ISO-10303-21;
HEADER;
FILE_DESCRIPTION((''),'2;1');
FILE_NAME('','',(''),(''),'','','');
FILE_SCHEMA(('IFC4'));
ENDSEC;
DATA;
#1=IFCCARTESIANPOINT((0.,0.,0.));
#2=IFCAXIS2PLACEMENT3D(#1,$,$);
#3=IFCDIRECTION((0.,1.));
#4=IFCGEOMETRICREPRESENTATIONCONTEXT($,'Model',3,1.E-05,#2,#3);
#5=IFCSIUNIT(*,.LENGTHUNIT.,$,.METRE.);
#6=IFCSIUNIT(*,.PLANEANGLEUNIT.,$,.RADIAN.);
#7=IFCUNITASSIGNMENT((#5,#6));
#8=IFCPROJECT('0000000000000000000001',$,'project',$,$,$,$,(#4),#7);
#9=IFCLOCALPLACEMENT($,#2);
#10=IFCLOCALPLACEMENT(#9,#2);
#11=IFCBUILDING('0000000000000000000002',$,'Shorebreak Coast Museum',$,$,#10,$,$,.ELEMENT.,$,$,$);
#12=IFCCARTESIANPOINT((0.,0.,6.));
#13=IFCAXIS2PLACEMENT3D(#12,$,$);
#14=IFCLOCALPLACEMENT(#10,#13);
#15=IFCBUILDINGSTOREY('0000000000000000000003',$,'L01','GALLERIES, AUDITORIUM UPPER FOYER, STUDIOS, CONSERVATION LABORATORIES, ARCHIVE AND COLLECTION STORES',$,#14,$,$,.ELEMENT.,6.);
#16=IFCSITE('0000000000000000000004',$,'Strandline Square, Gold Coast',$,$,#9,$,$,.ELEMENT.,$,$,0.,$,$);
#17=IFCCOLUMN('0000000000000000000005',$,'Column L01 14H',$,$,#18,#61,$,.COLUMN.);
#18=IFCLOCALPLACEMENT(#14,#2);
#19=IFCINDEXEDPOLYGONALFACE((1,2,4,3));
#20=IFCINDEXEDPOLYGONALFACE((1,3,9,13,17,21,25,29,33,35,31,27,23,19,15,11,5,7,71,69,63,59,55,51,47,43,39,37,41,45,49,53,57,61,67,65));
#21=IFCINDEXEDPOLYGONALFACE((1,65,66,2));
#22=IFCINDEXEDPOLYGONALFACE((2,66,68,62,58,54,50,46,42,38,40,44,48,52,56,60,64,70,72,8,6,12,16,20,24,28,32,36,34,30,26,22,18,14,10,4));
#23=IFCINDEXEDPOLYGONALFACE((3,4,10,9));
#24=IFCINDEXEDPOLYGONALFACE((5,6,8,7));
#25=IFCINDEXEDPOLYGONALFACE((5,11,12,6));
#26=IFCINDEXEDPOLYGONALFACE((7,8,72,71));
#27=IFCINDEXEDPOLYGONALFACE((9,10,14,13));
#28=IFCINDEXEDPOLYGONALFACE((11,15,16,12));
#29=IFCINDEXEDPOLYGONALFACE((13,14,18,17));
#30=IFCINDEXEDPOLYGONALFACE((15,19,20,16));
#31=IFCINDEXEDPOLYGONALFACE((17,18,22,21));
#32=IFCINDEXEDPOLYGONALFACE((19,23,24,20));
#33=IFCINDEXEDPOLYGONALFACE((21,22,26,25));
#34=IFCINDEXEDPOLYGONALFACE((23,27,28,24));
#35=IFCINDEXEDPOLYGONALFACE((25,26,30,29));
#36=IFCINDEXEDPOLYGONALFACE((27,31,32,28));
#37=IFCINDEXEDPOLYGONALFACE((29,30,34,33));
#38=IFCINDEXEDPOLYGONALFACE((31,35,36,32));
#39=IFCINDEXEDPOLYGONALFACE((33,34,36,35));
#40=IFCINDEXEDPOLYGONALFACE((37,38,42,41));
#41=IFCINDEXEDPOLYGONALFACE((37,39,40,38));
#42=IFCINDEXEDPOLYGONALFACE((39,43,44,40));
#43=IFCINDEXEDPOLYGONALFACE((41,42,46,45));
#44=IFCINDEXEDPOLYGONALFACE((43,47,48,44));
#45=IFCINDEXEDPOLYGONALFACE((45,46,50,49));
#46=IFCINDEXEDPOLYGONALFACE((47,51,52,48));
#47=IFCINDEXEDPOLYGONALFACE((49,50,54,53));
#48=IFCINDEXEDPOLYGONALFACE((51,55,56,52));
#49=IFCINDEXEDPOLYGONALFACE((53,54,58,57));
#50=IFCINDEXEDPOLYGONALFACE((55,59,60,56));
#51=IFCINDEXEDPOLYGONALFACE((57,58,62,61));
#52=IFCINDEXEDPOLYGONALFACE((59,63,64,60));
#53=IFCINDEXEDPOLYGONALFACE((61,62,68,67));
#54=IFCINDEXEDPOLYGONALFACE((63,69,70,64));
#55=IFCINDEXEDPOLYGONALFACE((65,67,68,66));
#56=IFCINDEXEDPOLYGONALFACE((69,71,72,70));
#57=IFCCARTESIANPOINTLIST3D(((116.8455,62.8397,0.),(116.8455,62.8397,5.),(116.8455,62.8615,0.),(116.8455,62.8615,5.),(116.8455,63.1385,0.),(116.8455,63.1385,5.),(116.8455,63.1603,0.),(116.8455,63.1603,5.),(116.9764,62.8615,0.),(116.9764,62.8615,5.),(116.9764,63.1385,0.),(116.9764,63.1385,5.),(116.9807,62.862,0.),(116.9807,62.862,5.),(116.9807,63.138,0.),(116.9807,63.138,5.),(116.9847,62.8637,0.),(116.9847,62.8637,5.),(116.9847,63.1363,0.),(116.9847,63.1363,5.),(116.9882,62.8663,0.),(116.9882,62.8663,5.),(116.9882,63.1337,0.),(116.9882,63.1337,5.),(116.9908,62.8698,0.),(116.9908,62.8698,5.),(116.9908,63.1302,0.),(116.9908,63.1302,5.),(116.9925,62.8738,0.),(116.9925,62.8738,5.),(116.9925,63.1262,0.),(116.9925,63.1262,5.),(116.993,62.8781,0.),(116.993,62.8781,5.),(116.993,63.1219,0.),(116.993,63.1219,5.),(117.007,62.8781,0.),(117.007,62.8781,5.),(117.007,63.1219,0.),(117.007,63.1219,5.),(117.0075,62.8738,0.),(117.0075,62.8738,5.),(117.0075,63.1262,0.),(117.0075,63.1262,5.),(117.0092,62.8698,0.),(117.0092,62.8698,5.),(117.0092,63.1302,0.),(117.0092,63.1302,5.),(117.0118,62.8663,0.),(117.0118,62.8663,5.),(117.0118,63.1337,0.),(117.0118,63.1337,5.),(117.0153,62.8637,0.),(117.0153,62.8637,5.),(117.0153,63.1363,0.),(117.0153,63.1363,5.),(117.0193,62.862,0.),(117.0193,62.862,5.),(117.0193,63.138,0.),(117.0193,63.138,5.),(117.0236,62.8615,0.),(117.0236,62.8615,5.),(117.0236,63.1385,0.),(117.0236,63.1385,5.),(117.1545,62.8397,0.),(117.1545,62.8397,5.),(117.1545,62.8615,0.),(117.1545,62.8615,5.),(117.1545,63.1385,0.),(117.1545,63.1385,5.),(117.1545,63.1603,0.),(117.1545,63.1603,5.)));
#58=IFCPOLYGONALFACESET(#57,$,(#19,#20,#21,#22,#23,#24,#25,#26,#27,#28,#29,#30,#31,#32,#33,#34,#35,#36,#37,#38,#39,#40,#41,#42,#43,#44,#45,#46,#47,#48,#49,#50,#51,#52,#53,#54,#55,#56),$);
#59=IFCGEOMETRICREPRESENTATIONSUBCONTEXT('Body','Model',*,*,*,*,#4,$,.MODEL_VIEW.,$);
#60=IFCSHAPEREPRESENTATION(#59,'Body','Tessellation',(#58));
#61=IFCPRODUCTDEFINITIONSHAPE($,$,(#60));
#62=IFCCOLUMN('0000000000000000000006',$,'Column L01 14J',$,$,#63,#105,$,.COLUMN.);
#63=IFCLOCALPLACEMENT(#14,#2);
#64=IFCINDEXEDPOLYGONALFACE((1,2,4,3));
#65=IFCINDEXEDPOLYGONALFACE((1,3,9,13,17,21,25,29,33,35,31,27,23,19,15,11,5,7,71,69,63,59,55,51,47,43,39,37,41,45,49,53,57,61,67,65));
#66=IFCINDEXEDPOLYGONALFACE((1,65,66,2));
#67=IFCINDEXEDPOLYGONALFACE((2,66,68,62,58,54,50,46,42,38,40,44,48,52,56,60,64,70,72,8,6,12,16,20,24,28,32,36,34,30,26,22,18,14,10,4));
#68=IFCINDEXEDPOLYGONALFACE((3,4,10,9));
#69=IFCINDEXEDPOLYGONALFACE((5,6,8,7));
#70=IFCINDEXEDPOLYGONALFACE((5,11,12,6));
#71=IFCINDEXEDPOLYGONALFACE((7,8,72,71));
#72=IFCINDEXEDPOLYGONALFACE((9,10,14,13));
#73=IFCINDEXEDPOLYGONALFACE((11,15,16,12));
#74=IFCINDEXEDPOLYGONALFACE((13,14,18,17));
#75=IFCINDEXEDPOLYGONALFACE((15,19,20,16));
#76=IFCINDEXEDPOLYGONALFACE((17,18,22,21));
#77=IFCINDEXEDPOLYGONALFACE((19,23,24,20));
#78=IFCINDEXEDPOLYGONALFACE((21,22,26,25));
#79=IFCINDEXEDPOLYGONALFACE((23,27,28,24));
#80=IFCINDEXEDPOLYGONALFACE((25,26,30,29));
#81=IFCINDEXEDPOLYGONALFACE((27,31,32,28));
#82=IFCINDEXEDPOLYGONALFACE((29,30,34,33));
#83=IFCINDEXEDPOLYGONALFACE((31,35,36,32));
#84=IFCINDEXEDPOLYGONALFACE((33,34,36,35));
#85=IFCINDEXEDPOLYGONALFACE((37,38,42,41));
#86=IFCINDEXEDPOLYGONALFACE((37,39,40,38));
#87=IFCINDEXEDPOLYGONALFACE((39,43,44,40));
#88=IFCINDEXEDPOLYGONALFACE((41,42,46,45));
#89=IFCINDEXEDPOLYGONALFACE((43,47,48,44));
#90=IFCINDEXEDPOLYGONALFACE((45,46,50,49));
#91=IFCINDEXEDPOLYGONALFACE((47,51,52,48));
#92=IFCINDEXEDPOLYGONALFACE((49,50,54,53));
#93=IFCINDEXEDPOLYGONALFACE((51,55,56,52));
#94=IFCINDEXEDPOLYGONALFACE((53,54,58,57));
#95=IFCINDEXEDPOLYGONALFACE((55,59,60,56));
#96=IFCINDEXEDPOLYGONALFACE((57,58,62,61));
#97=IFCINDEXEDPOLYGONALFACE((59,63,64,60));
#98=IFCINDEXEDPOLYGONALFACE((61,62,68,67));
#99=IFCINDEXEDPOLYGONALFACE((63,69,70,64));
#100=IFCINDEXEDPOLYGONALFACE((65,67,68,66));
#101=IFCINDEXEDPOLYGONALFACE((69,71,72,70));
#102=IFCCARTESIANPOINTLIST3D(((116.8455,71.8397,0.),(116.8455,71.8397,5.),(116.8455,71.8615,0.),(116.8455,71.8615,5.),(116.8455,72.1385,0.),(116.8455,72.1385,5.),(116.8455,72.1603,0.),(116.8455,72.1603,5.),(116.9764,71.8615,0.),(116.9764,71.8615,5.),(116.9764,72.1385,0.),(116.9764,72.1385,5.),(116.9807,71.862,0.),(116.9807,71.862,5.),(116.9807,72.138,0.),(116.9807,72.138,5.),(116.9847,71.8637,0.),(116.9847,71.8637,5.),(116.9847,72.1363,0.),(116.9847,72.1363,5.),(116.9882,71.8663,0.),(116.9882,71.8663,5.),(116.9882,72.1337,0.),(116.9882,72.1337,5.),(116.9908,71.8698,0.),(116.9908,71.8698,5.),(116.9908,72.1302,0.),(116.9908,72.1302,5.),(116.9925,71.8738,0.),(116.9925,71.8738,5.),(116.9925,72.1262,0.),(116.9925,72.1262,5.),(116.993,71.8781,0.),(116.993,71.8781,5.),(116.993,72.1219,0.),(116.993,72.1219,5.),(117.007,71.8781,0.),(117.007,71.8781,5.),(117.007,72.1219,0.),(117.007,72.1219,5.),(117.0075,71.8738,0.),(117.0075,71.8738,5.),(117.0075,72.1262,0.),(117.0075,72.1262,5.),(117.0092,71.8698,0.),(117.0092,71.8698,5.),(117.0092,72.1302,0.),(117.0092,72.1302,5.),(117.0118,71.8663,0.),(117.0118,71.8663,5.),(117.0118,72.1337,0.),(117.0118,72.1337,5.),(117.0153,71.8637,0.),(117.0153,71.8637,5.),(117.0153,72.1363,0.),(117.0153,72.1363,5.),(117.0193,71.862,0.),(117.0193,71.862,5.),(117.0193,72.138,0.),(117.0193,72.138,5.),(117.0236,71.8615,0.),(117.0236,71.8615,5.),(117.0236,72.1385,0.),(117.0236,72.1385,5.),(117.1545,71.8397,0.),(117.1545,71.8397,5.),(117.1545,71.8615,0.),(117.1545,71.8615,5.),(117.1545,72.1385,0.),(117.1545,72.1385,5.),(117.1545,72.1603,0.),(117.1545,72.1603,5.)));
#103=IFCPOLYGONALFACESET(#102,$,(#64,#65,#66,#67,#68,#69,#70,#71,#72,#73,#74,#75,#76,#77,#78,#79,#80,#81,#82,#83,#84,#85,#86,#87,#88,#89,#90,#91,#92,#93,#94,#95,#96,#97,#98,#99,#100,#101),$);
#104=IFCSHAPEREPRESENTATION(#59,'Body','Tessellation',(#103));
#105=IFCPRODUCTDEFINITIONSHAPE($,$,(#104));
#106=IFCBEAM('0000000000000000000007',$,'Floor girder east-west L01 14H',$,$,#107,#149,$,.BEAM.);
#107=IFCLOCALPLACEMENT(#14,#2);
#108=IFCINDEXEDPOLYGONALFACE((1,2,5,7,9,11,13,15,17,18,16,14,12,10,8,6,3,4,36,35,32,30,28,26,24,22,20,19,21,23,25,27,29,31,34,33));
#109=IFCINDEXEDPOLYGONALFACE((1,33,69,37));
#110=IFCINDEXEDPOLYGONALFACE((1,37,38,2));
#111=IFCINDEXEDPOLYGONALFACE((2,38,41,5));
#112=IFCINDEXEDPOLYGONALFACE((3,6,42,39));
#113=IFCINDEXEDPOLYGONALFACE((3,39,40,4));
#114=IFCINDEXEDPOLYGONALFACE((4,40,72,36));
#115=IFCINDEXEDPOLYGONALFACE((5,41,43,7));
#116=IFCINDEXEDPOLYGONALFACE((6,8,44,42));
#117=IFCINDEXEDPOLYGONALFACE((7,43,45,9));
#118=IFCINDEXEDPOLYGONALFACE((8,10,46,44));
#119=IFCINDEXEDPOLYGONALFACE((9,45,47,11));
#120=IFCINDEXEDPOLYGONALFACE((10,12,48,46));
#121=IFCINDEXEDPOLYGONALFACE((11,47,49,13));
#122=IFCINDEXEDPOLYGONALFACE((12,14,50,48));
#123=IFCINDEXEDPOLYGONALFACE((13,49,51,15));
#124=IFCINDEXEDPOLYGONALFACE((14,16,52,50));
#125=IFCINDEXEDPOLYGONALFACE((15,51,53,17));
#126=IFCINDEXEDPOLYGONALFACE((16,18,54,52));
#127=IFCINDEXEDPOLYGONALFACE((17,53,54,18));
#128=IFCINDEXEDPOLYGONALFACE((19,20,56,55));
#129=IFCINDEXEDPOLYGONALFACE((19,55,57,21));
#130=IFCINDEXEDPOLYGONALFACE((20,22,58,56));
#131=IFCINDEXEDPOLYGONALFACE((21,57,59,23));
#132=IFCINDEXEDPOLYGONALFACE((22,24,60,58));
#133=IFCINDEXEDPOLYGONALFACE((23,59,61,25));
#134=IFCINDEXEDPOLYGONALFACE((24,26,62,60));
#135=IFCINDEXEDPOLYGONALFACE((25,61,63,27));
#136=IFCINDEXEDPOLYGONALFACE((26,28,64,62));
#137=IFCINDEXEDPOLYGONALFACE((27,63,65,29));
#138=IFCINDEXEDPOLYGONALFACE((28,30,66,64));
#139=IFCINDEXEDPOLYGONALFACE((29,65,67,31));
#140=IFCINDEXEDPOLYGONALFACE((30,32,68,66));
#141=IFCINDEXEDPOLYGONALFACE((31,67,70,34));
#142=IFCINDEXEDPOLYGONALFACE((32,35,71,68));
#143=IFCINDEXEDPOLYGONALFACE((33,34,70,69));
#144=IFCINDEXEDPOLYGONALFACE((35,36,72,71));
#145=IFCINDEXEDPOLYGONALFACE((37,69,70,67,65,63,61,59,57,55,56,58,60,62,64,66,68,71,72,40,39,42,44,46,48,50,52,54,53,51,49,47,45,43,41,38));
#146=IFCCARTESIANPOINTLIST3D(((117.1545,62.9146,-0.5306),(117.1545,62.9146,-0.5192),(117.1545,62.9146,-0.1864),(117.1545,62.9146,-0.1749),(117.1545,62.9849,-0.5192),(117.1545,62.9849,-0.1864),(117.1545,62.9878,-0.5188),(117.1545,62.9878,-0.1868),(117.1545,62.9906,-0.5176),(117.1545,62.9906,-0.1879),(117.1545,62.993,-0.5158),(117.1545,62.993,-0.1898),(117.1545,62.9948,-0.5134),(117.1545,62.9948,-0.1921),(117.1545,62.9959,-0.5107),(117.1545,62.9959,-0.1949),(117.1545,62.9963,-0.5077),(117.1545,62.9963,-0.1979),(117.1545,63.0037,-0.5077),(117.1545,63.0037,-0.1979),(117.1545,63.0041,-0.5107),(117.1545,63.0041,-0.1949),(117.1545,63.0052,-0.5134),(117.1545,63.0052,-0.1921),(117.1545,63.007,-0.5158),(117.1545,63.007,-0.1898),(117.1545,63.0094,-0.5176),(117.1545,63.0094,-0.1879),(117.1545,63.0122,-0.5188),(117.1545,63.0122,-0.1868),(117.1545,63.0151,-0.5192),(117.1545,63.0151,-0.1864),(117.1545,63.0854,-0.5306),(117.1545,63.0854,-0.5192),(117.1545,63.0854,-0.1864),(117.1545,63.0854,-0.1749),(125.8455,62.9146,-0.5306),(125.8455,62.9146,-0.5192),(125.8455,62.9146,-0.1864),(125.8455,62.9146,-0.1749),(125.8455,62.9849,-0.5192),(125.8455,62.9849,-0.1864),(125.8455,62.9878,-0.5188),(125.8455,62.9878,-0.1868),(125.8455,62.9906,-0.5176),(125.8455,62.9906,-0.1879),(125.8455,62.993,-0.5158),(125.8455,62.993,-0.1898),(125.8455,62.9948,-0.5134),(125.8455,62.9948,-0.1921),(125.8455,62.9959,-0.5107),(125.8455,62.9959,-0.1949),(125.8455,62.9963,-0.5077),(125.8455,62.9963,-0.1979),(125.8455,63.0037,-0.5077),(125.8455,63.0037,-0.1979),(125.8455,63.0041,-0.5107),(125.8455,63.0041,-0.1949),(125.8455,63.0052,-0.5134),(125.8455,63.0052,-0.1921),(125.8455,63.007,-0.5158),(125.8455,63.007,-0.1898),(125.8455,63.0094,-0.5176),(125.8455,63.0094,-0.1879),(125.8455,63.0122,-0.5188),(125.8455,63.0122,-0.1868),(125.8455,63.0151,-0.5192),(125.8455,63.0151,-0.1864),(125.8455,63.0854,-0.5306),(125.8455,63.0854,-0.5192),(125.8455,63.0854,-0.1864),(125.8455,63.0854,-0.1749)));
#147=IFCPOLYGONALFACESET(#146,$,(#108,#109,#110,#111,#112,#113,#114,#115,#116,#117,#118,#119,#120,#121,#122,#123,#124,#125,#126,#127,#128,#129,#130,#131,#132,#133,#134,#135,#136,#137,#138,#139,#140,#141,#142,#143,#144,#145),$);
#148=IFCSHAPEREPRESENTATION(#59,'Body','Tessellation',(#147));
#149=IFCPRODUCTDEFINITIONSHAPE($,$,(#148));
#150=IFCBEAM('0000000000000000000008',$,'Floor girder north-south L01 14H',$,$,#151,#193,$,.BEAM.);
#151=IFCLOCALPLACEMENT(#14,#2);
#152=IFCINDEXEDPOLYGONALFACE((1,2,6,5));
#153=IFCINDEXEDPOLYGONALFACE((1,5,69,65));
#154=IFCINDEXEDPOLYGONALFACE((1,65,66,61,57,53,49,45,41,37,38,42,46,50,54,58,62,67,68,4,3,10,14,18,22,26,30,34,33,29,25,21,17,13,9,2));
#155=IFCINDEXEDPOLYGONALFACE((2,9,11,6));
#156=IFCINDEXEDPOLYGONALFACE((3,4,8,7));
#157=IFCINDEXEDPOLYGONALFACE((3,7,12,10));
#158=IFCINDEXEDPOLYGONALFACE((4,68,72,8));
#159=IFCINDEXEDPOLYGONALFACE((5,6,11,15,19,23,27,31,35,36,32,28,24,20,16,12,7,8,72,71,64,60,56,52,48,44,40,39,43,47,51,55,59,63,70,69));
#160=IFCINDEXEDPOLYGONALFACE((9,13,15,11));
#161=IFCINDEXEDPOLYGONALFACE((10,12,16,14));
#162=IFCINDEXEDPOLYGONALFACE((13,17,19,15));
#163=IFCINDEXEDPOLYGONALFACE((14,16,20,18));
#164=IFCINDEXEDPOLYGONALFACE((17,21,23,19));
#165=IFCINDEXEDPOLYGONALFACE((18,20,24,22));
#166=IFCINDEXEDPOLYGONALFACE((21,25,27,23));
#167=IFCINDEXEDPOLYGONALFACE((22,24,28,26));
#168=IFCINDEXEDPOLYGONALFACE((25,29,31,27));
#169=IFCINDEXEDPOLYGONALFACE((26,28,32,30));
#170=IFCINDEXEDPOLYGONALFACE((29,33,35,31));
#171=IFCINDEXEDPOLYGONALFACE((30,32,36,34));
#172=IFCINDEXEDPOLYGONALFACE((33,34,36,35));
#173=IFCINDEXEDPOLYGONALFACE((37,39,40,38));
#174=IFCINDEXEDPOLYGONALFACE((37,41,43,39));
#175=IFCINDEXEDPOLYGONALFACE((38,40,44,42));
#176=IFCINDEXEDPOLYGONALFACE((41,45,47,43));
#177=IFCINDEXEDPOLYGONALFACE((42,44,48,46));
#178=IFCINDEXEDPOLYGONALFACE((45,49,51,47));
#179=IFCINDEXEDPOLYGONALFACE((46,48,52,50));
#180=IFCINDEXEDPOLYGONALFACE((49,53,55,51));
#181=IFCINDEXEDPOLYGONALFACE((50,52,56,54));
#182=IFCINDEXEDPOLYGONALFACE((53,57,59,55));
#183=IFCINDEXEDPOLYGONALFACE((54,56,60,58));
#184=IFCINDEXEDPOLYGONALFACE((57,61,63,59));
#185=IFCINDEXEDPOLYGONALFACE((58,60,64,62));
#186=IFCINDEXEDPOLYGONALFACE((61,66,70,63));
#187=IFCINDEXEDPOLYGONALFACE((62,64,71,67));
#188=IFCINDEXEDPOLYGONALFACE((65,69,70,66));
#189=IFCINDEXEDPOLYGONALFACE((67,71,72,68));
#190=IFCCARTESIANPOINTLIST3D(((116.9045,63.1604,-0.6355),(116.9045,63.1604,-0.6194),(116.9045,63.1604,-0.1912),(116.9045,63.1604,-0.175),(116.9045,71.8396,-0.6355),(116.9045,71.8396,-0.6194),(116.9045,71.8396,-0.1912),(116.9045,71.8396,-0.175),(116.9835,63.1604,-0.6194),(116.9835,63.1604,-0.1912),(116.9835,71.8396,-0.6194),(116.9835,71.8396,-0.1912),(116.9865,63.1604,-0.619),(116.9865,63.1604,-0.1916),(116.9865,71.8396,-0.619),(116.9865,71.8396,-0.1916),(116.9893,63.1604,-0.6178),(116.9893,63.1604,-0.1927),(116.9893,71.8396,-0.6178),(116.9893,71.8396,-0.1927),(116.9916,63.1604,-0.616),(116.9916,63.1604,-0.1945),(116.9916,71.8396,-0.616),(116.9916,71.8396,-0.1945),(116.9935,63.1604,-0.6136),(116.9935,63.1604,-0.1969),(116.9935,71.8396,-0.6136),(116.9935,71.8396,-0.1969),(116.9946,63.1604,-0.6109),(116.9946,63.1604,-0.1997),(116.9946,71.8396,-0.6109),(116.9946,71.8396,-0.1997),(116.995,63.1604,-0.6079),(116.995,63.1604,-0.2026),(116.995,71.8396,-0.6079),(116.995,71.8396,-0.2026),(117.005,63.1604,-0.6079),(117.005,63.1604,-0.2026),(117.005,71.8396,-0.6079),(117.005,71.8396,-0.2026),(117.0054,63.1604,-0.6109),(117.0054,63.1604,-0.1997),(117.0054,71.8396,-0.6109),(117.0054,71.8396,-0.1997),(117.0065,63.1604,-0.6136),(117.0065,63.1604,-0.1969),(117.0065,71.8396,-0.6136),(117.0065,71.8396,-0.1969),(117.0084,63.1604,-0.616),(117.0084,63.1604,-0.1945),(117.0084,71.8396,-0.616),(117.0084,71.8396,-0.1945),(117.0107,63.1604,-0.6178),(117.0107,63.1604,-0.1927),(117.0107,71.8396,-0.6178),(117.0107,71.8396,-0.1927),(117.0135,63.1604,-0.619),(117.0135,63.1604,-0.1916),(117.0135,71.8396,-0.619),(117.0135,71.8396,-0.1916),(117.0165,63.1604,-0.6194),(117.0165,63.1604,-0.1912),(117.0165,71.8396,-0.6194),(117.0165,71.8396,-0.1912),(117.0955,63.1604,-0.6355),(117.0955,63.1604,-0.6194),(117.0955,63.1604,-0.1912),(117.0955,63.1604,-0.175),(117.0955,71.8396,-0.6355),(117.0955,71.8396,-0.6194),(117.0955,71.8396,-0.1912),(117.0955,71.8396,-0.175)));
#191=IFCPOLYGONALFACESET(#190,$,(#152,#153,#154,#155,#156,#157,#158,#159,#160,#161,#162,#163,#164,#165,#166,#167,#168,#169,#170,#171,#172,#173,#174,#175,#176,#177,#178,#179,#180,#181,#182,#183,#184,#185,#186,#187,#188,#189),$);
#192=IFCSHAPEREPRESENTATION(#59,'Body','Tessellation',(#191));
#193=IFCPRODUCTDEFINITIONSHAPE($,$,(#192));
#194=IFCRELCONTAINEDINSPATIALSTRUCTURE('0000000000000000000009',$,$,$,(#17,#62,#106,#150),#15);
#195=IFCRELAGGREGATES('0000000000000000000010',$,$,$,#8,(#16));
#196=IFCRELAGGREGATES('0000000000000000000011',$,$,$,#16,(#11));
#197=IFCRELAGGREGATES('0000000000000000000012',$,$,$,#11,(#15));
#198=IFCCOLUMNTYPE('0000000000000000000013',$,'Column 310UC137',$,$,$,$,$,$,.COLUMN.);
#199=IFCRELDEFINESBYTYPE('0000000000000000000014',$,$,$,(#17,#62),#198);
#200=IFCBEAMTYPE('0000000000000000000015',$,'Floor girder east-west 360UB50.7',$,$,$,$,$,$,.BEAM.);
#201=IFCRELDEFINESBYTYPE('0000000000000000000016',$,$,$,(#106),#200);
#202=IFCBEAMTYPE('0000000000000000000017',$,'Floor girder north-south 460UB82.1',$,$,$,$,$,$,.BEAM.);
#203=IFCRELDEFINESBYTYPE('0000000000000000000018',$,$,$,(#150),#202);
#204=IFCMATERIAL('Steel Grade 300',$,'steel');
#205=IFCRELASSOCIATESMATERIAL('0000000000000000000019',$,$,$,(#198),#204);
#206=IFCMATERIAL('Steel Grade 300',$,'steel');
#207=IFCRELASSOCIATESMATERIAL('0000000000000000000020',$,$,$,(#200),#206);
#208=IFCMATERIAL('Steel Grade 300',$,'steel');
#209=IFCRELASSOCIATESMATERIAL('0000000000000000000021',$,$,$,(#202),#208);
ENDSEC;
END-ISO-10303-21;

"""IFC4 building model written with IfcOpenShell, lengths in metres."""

from ifc_helpers import new_model, si_unit, direction, frame, origin, origin_2d, place, context, subcontext, project, spatial, i_section, extrude, material, material_profile, profile_set, type_object, element, save


model = new_model("IFC4")

# Units and contexts
model_context = context("Model", 3, precision=1e-05, world=origin(), true_north=direction((0.0, 1.0)))
body_context = subcontext(model_context, "Body", "Model", "MODEL_VIEW")
ifc_project = project(units=[si_unit("LENGTHUNIT", "METRE"), si_unit("PLANEANGLEUNIT", "RADIAN")], contexts=[model_context])

# Site, building, storey
site_placement = place(None, origin())
site = spatial("IfcSite", under=ifc_project, at=site_placement, Name="Strandline Square, Gold Coast", CompositionType="ELEMENT", RefElevation=0.0)
building_placement = place(site_placement, origin())
building = spatial("IfcBuilding", under=site, at=building_placement, Name="Shorebreak Coast Museum", CompositionType="ELEMENT")
storey_placement = place(building_placement, frame((0.0, 0.0, 6.0)))
storey = spatial("IfcBuildingStorey", under=building, at=storey_placement, Name="L01", Description="GALLERIES, AUDITORIUM UPPER FOYER, STUDIOS, CONSERVATION LABORATORIES, ARCHIVE AND COLLECTION STORES", CompositionType="ELEMENT", Elevation=6.0)

# Columns
ifc_material_1 = material(Name="Steel Grade 300", Category="steel")
ifc_material_profile_1 = material_profile(ifc_material_1, i_section(OverallWidth=0.3091, OverallDepth=0.3206, WebThickness=0.0139, FlangeThickness=0.0217, FilletRadius=0.0166, at=origin_2d()), Name="310UC137")
ifc_profile_set_1 = profile_set([ifc_material_profile_1], Name="Steel Grade 300")
column_type = type_object("IfcColumnType", Name="Column 310UC137", PredefinedType="COLUMN", material=ifc_profile_set_1)
for number, where, z_axis, x_axis, name in (
    (1, (117.0, 63.0, 0.0), (0.0, 0.0, 1.0), (1.0, 0.0, 0.0), "Column L01 14H"),
    (2, (117.0, 72.0, 0.0), (0.0, 0.0, 1.0), (1.0, 0.0, 0.0), "Column L01 14J"),
):
    element("IfcColumn", number, at=place(storey_placement, frame(where, z_axis=z_axis, x_axis=x_axis)), inside=storey, type_object=column_type, Name=name, PredefinedType="COLUMN", context=body_context, shape_type="SweptSolid", body=[
        extrude(i_section(OverallWidth=0.3091, OverallDepth=0.3206, WebThickness=0.0139, FlangeThickness=0.0217, FilletRadius=0.0166, at=origin_2d()), origin(), (0.0, 0.0, 1.0), 5.0),
    ])

# Beams
ifc_material_2 = material(Name="Steel Grade 300", Category="steel")
ifc_material_profile_2 = material_profile(ifc_material_2, i_section(OverallWidth=0.1709, OverallDepth=0.3557, WebThickness=0.0073, FlangeThickness=0.0115, FilletRadius=0.0115, at=origin_2d()), Name="360UB50.7")
ifc_profile_set_2 = profile_set([ifc_material_profile_2], Name="Steel Grade 300")
beam_type_1 = type_object("IfcBeamType", Name="Floor girder east-west 360UB50.7", PredefinedType="BEAM", material=ifc_profile_set_2)
beam_placement = place(storey_placement, frame((117.1545, 63.0, -0.3528), z_axis=(1.0, 0.0, 0.0), x_axis=(0.0, 1.0, 0.0)))
element("IfcBeam", 3, at=beam_placement, inside=storey, type_object=beam_type_1, Name="Floor girder east-west L01 14H", PredefinedType="BEAM", context=body_context, shape_type="SweptSolid", body=[
    extrude(i_section(OverallWidth=0.1709, OverallDepth=0.3557, WebThickness=0.0073, FlangeThickness=0.0115, FilletRadius=0.0115, at=origin_2d()), origin(), (0.0, 0.0, 1.0), 8.6909),
])
ifc_material_3 = material(Name="Steel Grade 300", Category="steel")
ifc_material_profile_3 = material_profile(ifc_material_3, i_section(OverallWidth=0.1909, OverallDepth=0.4604, WebThickness=0.01, FlangeThickness=0.0161, FilletRadius=0.0115, at=origin_2d()), Name="460UB82.1")
ifc_profile_set_3 = profile_set([ifc_material_profile_3], Name="Steel Grade 300")
beam_type_2 = type_object("IfcBeamType", Name="Floor girder north-south 460UB82.1", PredefinedType="BEAM", material=ifc_profile_set_3)
for number, where, z_axis, x_axis, name in (
    (4, (117.0, 63.1604, -0.4053), (0.0, 1.0, 0.0), (-1.0, 0.0, 0.0), "Floor girder north-south L01 14H"),
):
    element("IfcBeam", number, at=place(storey_placement, frame(where, z_axis=z_axis, x_axis=x_axis)), inside=storey, type_object=beam_type_2, Name=name, PredefinedType="BEAM", context=body_context, shape_type="SweptSolid", body=[
        extrude(i_section(OverallWidth=0.1909, OverallDepth=0.4604, WebThickness=0.01, FlangeThickness=0.0161, FilletRadius=0.0115, at=origin_2d()), origin(), (0.0, 0.0, 1.0), 8.6792),
    ])

save(model, "model.ifc")
